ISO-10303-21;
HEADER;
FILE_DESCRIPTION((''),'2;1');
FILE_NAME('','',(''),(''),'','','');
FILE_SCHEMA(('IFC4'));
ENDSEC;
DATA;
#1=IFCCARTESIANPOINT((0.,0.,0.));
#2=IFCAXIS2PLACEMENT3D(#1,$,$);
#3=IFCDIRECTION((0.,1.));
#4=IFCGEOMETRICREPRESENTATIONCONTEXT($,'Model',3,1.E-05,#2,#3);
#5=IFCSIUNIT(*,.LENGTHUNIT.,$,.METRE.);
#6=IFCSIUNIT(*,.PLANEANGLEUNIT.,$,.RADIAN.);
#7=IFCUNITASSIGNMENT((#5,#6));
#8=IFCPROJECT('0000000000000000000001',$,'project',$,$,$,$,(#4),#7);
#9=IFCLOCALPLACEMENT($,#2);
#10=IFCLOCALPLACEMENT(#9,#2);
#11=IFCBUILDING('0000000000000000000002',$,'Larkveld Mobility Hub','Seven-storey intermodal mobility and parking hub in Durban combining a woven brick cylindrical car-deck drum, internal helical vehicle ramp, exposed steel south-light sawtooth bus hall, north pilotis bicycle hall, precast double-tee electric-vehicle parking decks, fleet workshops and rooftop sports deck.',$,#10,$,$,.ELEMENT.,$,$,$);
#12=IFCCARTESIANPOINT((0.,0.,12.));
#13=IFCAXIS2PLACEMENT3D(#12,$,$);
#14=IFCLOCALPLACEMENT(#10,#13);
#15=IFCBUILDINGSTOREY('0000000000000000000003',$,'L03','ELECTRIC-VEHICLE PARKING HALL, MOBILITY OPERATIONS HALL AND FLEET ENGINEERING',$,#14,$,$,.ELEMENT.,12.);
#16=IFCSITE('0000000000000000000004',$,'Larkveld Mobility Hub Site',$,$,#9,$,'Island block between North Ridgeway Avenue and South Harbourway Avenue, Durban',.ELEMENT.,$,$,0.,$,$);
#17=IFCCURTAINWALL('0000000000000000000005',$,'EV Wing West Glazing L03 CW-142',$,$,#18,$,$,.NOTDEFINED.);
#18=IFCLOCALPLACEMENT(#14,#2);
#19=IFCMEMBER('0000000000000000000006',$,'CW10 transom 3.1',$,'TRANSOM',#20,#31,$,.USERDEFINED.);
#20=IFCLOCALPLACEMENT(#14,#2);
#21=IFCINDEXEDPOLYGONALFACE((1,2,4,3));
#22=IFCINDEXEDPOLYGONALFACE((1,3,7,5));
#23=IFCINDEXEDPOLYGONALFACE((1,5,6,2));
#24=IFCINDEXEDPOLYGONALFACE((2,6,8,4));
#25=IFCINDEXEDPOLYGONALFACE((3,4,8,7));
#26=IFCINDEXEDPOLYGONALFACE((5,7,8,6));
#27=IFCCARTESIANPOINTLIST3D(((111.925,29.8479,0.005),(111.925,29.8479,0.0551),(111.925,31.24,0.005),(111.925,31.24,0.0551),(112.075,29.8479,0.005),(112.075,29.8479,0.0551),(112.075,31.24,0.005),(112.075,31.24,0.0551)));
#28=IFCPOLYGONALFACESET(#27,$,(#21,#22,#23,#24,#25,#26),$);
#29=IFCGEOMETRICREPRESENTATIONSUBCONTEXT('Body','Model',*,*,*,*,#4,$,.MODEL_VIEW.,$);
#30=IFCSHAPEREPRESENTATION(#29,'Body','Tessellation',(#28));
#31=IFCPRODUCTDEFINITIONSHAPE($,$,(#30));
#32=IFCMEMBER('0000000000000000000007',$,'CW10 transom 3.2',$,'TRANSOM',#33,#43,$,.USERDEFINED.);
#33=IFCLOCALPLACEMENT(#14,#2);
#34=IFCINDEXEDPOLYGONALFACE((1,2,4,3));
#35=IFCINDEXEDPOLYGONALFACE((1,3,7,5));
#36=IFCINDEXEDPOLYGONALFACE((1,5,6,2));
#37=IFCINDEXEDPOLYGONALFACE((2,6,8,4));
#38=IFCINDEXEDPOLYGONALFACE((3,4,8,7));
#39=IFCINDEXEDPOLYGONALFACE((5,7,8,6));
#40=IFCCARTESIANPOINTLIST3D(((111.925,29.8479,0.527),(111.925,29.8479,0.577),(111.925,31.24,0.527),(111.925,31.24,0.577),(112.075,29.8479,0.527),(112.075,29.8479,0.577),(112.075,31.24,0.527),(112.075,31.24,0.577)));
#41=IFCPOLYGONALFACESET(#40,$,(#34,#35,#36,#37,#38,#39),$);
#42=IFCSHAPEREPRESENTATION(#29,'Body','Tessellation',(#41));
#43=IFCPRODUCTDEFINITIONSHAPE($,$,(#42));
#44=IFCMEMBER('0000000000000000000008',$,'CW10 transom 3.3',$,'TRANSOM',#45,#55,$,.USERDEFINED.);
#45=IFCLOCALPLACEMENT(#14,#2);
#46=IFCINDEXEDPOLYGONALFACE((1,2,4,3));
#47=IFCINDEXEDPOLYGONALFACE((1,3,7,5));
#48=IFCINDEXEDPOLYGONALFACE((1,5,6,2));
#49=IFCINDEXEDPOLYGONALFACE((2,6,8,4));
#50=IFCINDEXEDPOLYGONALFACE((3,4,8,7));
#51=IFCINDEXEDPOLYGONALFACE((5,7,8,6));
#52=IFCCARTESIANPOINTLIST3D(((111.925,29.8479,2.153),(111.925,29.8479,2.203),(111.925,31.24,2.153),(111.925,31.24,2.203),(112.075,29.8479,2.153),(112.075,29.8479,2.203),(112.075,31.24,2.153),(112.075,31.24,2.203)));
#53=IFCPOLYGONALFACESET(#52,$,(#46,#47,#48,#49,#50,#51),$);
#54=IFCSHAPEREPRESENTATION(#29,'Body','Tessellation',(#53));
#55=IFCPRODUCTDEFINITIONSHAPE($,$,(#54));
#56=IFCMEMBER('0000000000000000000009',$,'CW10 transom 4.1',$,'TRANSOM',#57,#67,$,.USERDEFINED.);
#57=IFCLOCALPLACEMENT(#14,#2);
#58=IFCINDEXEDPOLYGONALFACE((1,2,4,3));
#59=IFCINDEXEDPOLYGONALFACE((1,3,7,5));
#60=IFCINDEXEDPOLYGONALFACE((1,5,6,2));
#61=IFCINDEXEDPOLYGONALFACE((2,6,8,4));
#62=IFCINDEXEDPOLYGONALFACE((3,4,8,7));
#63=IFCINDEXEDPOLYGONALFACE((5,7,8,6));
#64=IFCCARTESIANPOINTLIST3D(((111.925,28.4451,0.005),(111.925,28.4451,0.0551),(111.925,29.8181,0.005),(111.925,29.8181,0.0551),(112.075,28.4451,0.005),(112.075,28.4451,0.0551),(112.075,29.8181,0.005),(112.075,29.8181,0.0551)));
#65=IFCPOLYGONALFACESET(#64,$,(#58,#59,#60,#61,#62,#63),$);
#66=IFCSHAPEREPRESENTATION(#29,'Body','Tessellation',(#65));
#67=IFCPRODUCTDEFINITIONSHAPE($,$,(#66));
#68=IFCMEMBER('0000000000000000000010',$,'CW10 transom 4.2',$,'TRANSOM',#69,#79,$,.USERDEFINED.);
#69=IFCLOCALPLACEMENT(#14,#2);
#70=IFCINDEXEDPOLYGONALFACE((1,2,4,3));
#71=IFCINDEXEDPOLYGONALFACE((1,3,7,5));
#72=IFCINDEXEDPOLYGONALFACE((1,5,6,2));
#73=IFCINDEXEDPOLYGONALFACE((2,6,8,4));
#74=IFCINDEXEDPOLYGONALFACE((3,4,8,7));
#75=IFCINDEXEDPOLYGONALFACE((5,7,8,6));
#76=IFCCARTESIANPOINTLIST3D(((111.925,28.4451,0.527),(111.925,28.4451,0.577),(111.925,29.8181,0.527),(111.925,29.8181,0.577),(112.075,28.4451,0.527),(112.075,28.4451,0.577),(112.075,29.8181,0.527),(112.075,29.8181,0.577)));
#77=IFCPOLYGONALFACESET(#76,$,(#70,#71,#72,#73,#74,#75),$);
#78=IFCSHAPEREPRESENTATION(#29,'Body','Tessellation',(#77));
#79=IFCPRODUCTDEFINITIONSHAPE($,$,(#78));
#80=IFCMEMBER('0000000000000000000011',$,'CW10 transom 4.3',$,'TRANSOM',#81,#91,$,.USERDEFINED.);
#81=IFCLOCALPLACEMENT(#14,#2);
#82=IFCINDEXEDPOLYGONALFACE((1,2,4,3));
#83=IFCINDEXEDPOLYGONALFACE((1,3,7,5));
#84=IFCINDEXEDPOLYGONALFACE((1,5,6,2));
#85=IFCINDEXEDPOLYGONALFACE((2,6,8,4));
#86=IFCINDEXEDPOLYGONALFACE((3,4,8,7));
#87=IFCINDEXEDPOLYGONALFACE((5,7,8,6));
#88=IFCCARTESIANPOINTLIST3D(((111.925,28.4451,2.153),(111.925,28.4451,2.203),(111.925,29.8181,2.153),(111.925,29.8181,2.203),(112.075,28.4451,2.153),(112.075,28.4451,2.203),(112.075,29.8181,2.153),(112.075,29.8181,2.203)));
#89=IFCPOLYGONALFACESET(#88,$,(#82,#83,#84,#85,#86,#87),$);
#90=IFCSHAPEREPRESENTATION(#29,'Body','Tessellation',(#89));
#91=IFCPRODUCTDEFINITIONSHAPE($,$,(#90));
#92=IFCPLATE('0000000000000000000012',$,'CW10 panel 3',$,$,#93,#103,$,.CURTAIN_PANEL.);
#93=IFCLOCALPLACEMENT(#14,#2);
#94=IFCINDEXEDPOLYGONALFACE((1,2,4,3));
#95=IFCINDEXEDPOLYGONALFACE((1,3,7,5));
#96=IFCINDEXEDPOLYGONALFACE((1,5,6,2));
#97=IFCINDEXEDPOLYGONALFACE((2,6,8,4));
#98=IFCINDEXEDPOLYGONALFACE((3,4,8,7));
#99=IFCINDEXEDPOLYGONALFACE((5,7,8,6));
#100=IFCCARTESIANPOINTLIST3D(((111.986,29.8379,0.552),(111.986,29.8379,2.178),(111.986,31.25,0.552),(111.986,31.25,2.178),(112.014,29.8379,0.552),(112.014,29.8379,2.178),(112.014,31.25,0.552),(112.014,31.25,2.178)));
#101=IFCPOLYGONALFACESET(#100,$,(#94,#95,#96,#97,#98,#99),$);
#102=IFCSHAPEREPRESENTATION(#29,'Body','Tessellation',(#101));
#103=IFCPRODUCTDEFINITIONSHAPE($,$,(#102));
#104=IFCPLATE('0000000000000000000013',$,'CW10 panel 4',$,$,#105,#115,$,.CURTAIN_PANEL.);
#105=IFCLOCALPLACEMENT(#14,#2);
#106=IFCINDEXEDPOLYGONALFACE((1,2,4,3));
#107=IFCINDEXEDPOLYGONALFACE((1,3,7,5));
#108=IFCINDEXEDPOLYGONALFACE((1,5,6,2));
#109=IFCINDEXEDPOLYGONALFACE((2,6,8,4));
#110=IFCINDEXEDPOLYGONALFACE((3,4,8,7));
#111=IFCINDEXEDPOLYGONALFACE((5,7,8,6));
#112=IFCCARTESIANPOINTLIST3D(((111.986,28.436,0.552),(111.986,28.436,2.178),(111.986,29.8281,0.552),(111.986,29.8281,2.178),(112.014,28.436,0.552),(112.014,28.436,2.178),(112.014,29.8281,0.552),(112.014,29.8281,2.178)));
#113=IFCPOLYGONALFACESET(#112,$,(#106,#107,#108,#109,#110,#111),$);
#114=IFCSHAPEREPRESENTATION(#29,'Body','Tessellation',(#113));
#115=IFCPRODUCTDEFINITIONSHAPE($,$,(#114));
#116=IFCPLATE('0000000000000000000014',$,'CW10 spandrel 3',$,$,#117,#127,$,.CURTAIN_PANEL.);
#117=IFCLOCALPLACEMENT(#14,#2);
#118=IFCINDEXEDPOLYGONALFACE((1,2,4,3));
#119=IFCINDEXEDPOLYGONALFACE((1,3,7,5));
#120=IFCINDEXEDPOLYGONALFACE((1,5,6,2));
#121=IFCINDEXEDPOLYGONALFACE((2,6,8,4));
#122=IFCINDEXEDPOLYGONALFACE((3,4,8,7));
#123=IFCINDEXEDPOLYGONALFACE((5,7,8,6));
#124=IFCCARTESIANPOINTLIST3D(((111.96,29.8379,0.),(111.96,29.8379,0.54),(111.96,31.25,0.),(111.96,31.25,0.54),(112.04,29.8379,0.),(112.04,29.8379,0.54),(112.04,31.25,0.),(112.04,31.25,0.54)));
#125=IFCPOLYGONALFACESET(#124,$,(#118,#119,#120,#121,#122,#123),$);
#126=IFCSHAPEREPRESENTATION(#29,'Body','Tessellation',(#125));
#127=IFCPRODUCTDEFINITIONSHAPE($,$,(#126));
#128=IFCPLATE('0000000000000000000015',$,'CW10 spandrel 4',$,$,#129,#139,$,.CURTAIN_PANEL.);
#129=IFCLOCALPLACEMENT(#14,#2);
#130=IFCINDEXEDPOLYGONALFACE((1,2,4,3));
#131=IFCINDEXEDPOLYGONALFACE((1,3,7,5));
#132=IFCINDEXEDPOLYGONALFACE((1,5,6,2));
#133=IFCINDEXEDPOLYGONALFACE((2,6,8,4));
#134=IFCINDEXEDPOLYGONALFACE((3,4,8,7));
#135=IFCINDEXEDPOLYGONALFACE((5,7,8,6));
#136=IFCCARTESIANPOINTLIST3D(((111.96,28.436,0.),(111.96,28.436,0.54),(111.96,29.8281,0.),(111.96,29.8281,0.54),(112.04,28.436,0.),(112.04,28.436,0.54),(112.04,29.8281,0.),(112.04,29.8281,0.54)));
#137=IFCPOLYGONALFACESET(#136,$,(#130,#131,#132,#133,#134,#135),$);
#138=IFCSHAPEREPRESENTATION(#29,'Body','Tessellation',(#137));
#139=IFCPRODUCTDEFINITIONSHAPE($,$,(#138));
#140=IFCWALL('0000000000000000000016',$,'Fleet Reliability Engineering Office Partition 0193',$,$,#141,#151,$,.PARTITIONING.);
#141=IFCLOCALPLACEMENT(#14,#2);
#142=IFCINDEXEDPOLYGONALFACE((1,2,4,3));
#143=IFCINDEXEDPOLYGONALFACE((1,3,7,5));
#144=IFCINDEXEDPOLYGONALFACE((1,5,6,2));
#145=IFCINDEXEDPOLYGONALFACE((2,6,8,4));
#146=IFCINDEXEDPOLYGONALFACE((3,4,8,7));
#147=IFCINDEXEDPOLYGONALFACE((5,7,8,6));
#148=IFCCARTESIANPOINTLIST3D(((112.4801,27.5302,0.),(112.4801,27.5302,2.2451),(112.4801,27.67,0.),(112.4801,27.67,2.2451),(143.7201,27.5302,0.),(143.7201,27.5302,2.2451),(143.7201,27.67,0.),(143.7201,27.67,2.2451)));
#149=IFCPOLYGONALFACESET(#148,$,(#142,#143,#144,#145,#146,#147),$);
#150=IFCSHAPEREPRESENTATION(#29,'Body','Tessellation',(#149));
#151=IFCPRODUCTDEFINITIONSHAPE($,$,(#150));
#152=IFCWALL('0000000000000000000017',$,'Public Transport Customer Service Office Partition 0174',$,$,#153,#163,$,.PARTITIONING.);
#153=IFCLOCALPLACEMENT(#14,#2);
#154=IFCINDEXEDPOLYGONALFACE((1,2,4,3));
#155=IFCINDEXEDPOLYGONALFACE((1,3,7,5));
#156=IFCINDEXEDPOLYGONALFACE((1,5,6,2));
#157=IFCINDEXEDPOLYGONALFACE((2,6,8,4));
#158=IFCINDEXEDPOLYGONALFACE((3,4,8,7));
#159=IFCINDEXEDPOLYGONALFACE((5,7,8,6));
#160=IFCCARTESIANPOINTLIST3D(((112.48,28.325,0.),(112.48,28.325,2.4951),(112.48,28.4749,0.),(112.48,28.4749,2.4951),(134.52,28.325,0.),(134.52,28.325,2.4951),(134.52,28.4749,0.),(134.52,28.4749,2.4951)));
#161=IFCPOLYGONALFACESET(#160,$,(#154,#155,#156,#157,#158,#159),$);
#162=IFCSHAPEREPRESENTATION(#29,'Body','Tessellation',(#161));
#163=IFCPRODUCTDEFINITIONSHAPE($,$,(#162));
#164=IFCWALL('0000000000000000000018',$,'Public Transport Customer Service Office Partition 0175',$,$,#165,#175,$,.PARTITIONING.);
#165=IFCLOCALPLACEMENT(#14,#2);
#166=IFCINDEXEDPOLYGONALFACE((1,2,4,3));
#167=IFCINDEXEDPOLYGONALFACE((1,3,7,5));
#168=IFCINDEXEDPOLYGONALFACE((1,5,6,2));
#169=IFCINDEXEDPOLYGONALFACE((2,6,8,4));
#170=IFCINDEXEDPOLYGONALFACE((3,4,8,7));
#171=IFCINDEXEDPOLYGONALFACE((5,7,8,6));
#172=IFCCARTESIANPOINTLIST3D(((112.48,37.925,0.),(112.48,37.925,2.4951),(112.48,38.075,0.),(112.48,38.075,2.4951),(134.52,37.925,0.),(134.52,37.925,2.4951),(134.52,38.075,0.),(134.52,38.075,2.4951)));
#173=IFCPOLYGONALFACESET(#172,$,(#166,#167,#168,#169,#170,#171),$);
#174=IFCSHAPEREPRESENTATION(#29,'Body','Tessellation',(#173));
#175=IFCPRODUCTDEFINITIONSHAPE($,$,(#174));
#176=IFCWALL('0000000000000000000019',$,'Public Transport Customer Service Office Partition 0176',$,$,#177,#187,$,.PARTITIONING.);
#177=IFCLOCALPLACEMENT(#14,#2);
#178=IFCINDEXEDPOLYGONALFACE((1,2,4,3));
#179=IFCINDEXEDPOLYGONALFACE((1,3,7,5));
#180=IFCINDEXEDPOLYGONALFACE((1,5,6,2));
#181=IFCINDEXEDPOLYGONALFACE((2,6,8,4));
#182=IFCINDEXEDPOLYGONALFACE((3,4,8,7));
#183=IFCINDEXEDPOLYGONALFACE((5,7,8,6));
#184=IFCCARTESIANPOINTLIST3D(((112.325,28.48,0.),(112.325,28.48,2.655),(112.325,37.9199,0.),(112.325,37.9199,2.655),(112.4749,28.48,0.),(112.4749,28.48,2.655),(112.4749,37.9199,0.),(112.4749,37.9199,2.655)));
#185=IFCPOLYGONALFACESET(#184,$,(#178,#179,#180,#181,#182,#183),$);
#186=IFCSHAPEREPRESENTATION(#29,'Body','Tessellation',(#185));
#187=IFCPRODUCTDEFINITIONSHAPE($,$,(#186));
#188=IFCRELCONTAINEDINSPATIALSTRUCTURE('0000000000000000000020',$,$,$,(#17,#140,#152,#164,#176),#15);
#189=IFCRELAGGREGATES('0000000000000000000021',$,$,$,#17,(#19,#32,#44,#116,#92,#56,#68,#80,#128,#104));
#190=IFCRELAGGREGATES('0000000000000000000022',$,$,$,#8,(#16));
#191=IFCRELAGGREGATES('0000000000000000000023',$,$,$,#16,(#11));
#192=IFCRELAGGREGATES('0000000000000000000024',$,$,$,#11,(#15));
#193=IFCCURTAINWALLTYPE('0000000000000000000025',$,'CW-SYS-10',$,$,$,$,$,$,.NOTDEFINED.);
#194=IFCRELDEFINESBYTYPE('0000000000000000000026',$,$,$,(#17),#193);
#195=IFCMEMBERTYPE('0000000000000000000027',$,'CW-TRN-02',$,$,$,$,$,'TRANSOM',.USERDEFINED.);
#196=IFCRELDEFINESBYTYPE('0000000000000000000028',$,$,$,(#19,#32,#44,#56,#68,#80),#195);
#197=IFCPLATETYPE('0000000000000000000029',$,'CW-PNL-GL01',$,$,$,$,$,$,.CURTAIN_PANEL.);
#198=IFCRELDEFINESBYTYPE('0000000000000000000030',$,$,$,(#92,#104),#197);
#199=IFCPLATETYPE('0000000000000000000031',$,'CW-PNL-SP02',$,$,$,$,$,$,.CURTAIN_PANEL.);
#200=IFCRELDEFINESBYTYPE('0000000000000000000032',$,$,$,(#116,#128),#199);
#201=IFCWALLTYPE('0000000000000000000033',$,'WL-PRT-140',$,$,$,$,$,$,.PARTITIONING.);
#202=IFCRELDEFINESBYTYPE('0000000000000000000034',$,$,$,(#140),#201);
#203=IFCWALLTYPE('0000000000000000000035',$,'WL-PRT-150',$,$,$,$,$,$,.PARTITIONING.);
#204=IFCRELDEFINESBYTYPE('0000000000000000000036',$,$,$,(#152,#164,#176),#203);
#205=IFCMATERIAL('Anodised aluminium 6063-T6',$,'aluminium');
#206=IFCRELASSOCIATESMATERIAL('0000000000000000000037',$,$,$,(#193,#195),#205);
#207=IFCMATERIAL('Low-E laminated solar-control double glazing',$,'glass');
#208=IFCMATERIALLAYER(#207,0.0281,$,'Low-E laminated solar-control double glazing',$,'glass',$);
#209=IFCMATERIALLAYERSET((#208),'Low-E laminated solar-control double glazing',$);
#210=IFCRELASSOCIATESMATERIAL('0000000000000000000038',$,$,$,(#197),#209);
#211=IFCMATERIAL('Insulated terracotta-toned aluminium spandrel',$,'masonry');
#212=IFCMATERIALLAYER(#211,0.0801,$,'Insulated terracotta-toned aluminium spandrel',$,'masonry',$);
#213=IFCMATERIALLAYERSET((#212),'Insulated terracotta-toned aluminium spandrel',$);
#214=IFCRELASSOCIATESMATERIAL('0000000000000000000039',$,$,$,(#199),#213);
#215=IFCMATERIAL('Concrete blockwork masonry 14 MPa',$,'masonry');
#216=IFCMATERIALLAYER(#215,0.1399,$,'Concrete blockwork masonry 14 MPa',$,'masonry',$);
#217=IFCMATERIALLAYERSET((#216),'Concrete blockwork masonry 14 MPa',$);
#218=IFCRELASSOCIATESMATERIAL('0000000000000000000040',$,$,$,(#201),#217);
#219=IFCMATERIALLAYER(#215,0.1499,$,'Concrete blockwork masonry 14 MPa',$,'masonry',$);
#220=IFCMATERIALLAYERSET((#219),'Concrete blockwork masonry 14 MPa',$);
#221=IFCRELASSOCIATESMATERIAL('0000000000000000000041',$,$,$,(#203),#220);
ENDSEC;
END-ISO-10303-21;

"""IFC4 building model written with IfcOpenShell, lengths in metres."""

from ifc_helpers import new_model, si_unit, direction, frame, frame_2d, origin, origin_2d, place, context, subcontext, project, spatial, rectangle, extrude, material, layer, layer_set, material_profile, profile_set, type_object, element, aggregate, save


model = new_model("IFC4")

# Units and contexts
model_context = context("Model", 3, precision=1e-05, world=origin(), true_north=direction((0.0, 1.0)))
body_context = subcontext(model_context, "Body", "Model", "MODEL_VIEW")
ifc_project = project(units=[si_unit("LENGTHUNIT", "METRE"), si_unit("PLANEANGLEUNIT", "RADIAN")], contexts=[model_context])

# Site, building, storey
site_placement = place(None, origin())
site = spatial("IfcSite", under=ifc_project, at=site_placement, Name="Larkveld Mobility Hub Site", LongName="Island block between North Ridgeway Avenue and South Harbourway Avenue, Durban", CompositionType="ELEMENT", RefElevation=0.0)
building_placement = place(site_placement, origin())
building = spatial("IfcBuilding", under=site, at=building_placement, Name="Larkveld Mobility Hub", Description="Seven-storey intermodal mobility and parking hub in Durban combining a woven brick cylindrical car-deck drum, internal helical vehicle ramp, exposed steel south-light sawtooth bus hall, north pilotis bicycle hall, precast double-tee electric-vehicle parking decks, fleet workshops and rooftop sports deck.", CompositionType="ELEMENT")
storey_placement = place(building_placement, frame((0.0, 0.0, 12.0)))
storey = spatial("IfcBuildingStorey", under=building, at=storey_placement, Name="L03", Description="ELECTRIC-VEHICLE PARKING HALL, MOBILITY OPERATIONS HALL AND FLEET ENGINEERING", CompositionType="ELEMENT", Elevation=12.0)

# Curtain wall, members, plates
ifc_material_1 = material(Name="Anodised aluminium 6063-T6", Category="aluminium")
curtain_wall_type = type_object("IfcCurtainWallType", Name="CW-SYS-10", PredefinedType="NOTDEFINED", material=ifc_material_1)
curtain_wall_placement = place(storey_placement, origin())
curtain_wall = element("IfcCurtainWall", 1, at=curtain_wall_placement, inside=storey, type_object=curtain_wall_type, Name="EV Wing West Glazing L03 CW-142", PredefinedType="NOTDEFINED")
ifc_material_profile_1 = material_profile(ifc_material_1, rectangle(XDim=0.1499, YDim=0.05, at=origin_2d()), Name="ALU TRAN 50x150")
ifc_profile_set_1 = profile_set([ifc_material_profile_1], Name="Anodised aluminium 6063-T6")
member_type = type_object("IfcMemberType", Name="CW-TRN-02", ElementType="TRANSOM", PredefinedType="USERDEFINED", material=ifc_profile_set_1)
member_1_placement = place(storey_placement, frame((112.0, 31.24, 0.03), z_axis=(0.0, -1.0, 0.0), x_axis=(1.0, 0.0, 0.0)))
member_1 = element("IfcMember", 2, at=member_1_placement, type_object=member_type, Name="CW10 transom 3.1", ObjectType="TRANSOM", PredefinedType="USERDEFINED", context=body_context, shape_type="SweptSolid", body=[
    extrude(rectangle(XDim=0.1499, YDim=0.05, at=origin_2d()), origin(), (0.0, 0.0, 1.0), 1.3921),
])
member_2_placement = place(storey_placement, frame((112.0, 31.24, 0.552), z_axis=(0.0, -1.0, 0.0), x_axis=(1.0, 0.0, 0.0)))
member_2 = element("IfcMember", 3, at=member_2_placement, type_object=member_type, Name="CW10 transom 3.2", ObjectType="TRANSOM", PredefinedType="USERDEFINED", context=body_context, shape_type="SweptSolid", body=[
    extrude(rectangle(XDim=0.1499, YDim=0.05, at=origin_2d()), origin(), (0.0, 0.0, 1.0), 1.3921),
])
member_3_placement = place(storey_placement, frame((112.0, 31.24, 2.178), z_axis=(0.0, -1.0, 0.0), x_axis=(1.0, 0.0, 0.0)))
member_3 = element("IfcMember", 4, at=member_3_placement, type_object=member_type, Name="CW10 transom 3.3", ObjectType="TRANSOM", PredefinedType="USERDEFINED", context=body_context, shape_type="SweptSolid", body=[
    extrude(rectangle(XDim=0.1499, YDim=0.05, at=origin_2d()), origin(), (0.0, 0.0, 1.0), 1.3921),
])
member_4_placement = place(storey_placement, frame((112.0, 29.8181, 0.03), z_axis=(0.0, -1.0, 0.0), x_axis=(1.0, 0.0, 0.0)))
member_4 = element("IfcMember", 5, at=member_4_placement, type_object=member_type, Name="CW10 transom 4.1", ObjectType="TRANSOM", PredefinedType="USERDEFINED", context=body_context, shape_type="SweptSolid", body=[
    extrude(rectangle(XDim=0.1499, YDim=0.05, at=origin_2d()), origin(), (0.0, 0.0, 1.0), 1.373),
])
member_5_placement = place(storey_placement, frame((112.0, 29.8181, 0.552), z_axis=(0.0, -1.0, 0.0), x_axis=(1.0, 0.0, 0.0)))
member_5 = element("IfcMember", 6, at=member_5_placement, type_object=member_type, Name="CW10 transom 4.2", ObjectType="TRANSOM", PredefinedType="USERDEFINED", context=body_context, shape_type="SweptSolid", body=[
    extrude(rectangle(XDim=0.1499, YDim=0.05, at=origin_2d()), origin(), (0.0, 0.0, 1.0), 1.373),
])
member_6_placement = place(storey_placement, frame((112.0, 29.8181, 2.178), z_axis=(0.0, -1.0, 0.0), x_axis=(1.0, 0.0, 0.0)))
member_6 = element("IfcMember", 7, at=member_6_placement, type_object=member_type, Name="CW10 transom 4.3", ObjectType="TRANSOM", PredefinedType="USERDEFINED", context=body_context, shape_type="SweptSolid", body=[
    extrude(rectangle(XDim=0.1499, YDim=0.05, at=origin_2d()), origin(), (0.0, 0.0, 1.0), 1.373),
])
ifc_material_2 = material(Name="Low-E laminated solar-control double glazing", Category="glass")
ifc_layer_1 = layer(ifc_material_2, 0.0281, Name="Low-E laminated solar-control double glazing", Category="glass")
ifc_layer_set_1 = layer_set([ifc_layer_1], Name="Low-E laminated solar-control double glazing")
plate_type_1 = type_object("IfcPlateType", Name="CW-PNL-GL01", PredefinedType="CURTAIN_PANEL", material=ifc_layer_set_1)
plate_1_placement = place(storey_placement, frame((112.0, 30.5439, 0.552), z_axis=(0.0, 0.0, 1.0), x_axis=(0.0, -1.0, 0.0)))
plate_1 = element("IfcPlate", 8, at=plate_1_placement, type_object=plate_type_1, Name="CW10 panel 3", PredefinedType="CURTAIN_PANEL", context=body_context, shape_type="SweptSolid", body=[
    extrude(rectangle(XDim=1.4121, YDim=0.0281, at=origin_2d()), origin(), (0.0, 0.0, 1.0), 1.626),
])
plate_2_placement = place(storey_placement, frame((112.0, 29.1321, 0.552), z_axis=(0.0, 0.0, 1.0), x_axis=(0.0, -1.0, 0.0)))
plate_2 = element("IfcPlate", 9, at=plate_2_placement, type_object=plate_type_1, Name="CW10 panel 4", PredefinedType="CURTAIN_PANEL", context=body_context, shape_type="SweptSolid", body=[
    extrude(rectangle(XDim=1.3921, YDim=0.0281, at=origin_2d()), origin(), (0.0, 0.0, 1.0), 1.626),
])
ifc_material_3 = material(Name="Insulated terracotta-toned aluminium spandrel", Category="masonry")
ifc_layer_2 = layer(ifc_material_3, 0.0801, Name="Insulated terracotta-toned aluminium spandrel", Category="masonry")
ifc_layer_set_2 = layer_set([ifc_layer_2], Name="Insulated terracotta-toned aluminium spandrel")
plate_type_2 = type_object("IfcPlateType", Name="CW-PNL-SP02", PredefinedType="CURTAIN_PANEL", material=ifc_layer_set_2)
plate_3_placement = place(storey_placement, frame((112.0, 30.5439, 0.0), z_axis=(0.0, 0.0, 1.0), x_axis=(0.0, -1.0, 0.0)))
plate_3 = element("IfcPlate", 10, at=plate_3_placement, type_object=plate_type_2, Name="CW10 spandrel 3", PredefinedType="CURTAIN_PANEL", context=body_context, shape_type="SweptSolid", body=[
    extrude(rectangle(XDim=1.4121, YDim=0.0801, at=origin_2d()), origin(), (0.0, 0.0, 1.0), 0.54),
])
plate_4_placement = place(storey_placement, frame((112.0, 29.1321, 0.0), z_axis=(0.0, 0.0, 1.0), x_axis=(0.0, -1.0, 0.0)))
plate_4 = element("IfcPlate", 11, at=plate_4_placement, type_object=plate_type_2, Name="CW10 spandrel 4", PredefinedType="CURTAIN_PANEL", context=body_context, shape_type="SweptSolid", body=[
    extrude(rectangle(XDim=1.3921, YDim=0.0801, at=origin_2d()), origin(), (0.0, 0.0, 1.0), 0.54),
])
aggregate(curtain_wall, [member_1, member_2, member_3, plate_3, plate_1, member_4, member_5, member_6, plate_4, plate_2])

# Walls
ifc_material_4 = material(Name="Concrete blockwork masonry 14 MPa", Category="masonry")
ifc_layer_3 = layer(ifc_material_4, 0.1399, Name="Concrete blockwork masonry 14 MPa", Category="masonry")
ifc_layer_set_3 = layer_set([ifc_layer_3], Name="Concrete blockwork masonry 14 MPa")
wall_type_1 = type_object("IfcWallType", Name="WL-PRT-140", PredefinedType="PARTITIONING", material=ifc_layer_set_3)
wall_1_placement = place(storey_placement, frame((112.48, 27.6001, 0.0), z_axis=(0.0, 0.0, 1.0), x_axis=(1.0, 0.0, 0.0)))
element("IfcWall", 12, at=wall_1_placement, inside=storey, type_object=wall_type_1, Name="Fleet Reliability Engineering Office Partition 0193", PredefinedType="PARTITIONING", context=body_context, shape_type="SweptSolid", body=[
    extrude(rectangle(XDim=31.24, YDim=0.1399, at=frame_2d((15.6201, 0.0))), origin(), (0.0, 0.0, 1.0), 2.2451),
])
ifc_layer_4 = layer(ifc_material_4, 0.1499, Name="Concrete blockwork masonry 14 MPa", Category="masonry")
ifc_layer_set_4 = layer_set([ifc_layer_4], Name="Concrete blockwork masonry 14 MPa")
wall_type_2 = type_object("IfcWallType", Name="WL-PRT-150", PredefinedType="PARTITIONING", material=ifc_layer_set_4)
for number, where, z_axis, x_axis, name in (
    (13, (112.48, 28.3999, 0.0), (0.0, 0.0, 1.0), (1.0, 0.0, 0.0), "Public Transport Customer Service Office Partition 0174"),
    (14, (112.48, 38.0, 0.0), (0.0, 0.0, 1.0), (1.0, 0.0, 0.0), "Public Transport Customer Service Office Partition 0175"),
):
    element("IfcWall", number, at=place(storey_placement, frame(where, z_axis=z_axis, x_axis=x_axis)), inside=storey, type_object=wall_type_2, Name=name, PredefinedType="PARTITIONING", context=body_context, shape_type="SweptSolid", body=[
        extrude(rectangle(XDim=22.04, YDim=0.1499, at=frame_2d((11.02, 0.0))), origin(), (0.0, 0.0, 1.0), 2.4951),
    ])
wall_2_placement = place(storey_placement, frame((112.3999, 28.48, 0.0), z_axis=(0.0, 0.0, 1.0), x_axis=(0.0, 1.0, 0.0)))
element("IfcWall", 15, at=wall_2_placement, inside=storey, type_object=wall_type_2, Name="Public Transport Customer Service Office Partition 0176", PredefinedType="PARTITIONING", context=body_context, shape_type="SweptSolid", body=[
    extrude(rectangle(XDim=9.4399, YDim=0.1499, at=frame_2d((4.72, 0.0))), origin(), (0.0, 0.0, 1.0), 2.655),
])

save(model, "model.ifc")
